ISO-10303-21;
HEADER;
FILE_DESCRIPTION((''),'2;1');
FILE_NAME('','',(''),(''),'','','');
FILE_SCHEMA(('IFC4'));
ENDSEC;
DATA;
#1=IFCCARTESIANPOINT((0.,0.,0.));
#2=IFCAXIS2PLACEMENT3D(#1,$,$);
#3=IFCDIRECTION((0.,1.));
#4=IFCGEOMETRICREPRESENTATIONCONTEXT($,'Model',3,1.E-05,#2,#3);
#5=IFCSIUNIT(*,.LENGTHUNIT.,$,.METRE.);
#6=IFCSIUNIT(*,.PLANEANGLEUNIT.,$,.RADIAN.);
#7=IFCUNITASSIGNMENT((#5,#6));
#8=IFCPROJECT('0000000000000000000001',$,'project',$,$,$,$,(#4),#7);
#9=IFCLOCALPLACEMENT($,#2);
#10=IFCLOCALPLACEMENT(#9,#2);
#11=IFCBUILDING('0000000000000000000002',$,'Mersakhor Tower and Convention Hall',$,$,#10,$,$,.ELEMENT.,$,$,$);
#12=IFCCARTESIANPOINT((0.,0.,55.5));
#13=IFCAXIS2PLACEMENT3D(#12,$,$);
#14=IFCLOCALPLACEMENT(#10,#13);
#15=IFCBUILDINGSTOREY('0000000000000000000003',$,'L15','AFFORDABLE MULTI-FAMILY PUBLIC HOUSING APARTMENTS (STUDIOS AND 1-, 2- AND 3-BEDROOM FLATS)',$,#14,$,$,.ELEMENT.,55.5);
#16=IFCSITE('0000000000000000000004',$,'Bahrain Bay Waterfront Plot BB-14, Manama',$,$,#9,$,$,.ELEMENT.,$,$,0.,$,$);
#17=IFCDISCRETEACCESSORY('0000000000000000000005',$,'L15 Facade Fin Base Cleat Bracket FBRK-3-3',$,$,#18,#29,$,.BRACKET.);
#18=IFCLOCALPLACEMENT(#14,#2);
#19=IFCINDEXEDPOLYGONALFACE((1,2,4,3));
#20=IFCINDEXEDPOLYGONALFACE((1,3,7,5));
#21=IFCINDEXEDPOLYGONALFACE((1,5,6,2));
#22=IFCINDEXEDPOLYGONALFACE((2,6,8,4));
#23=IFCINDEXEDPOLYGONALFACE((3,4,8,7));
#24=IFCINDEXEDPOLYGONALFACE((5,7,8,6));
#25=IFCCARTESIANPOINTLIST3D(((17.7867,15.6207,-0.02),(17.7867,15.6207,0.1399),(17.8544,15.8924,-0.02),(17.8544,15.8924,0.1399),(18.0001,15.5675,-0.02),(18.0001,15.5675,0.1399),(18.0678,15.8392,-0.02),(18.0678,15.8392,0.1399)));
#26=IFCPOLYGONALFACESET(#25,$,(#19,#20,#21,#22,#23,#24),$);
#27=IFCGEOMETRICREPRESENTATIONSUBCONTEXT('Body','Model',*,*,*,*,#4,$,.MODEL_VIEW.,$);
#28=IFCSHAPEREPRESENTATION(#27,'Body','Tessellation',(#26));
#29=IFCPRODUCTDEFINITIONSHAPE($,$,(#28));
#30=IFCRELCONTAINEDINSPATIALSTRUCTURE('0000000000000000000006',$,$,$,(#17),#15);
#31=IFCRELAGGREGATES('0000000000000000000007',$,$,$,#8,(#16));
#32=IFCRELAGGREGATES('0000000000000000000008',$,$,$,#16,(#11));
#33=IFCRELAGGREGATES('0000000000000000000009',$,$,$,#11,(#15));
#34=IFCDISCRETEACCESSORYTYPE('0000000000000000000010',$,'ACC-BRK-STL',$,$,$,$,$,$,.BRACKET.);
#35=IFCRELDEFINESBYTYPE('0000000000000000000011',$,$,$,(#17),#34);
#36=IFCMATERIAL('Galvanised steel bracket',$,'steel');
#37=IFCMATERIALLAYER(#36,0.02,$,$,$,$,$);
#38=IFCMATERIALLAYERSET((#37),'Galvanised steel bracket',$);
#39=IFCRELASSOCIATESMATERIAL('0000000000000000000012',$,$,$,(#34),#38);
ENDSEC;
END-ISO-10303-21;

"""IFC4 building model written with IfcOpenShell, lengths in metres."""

from ifc_helpers import new_model, si_unit, direction, frame, origin, origin_2d, place, context, subcontext, project, spatial, rectangle, extrude, material, layer, layer_set, type_object, element, save


model = new_model("IFC4")

# Units and contexts
model_context = context("Model", 3, precision=1e-05, world=origin(), true_north=direction((0.0, 1.0)))
body_context = subcontext(model_context, "Body", "Model", "MODEL_VIEW")
ifc_project = project(units=[si_unit("LENGTHUNIT", "METRE"), si_unit("PLANEANGLEUNIT", "RADIAN")], contexts=[model_context])

# Site, building, storey
site_placement = place(None, origin())
site = spatial("IfcSite", under=ifc_project, at=site_placement, Name="Bahrain Bay Waterfront Plot BB-14, Manama", CompositionType="ELEMENT", RefElevation=0.0)
building_placement = place(site_placement, origin())
building = spatial("IfcBuilding", under=site, at=building_placement, Name="Mersakhor Tower and Convention Hall", CompositionType="ELEMENT")
storey_placement = place(building_placement, frame((0.0, 0.0, 55.5)))
storey = spatial("IfcBuildingStorey", under=building, at=storey_placement, Name="L15", Description="AFFORDABLE MULTI-FAMILY PUBLIC HOUSING APARTMENTS (STUDIOS AND 1-, 2- AND 3-BEDROOM FLATS)", CompositionType="ELEMENT", Elevation=55.5)

# Discrete accessory
ifc_material_1 = material(Name="Galvanised steel bracket", Category="steel")
ifc_layer_1 = layer(ifc_material_1, 0.02)
ifc_layer_set_1 = layer_set([ifc_layer_1], Name="Galvanised steel bracket")
discrete_accessory_type = type_object("IfcDiscreteAccessoryType", Name="ACC-BRK-STL", PredefinedType="BRACKET", material=ifc_layer_set_1)
discrete_accessory_1_placement = place(storey_placement, frame((17.9272, 15.73, -0.02), z_axis=(0.0, 0.0, 1.0), x_axis=(-0.241922, -0.970296, 0.0)))
element("IfcDiscreteAccessory", 1, at=discrete_accessory_1_placement, inside=storey, type_object=discrete_accessory_type, Name="L15 Facade Fin Base Cleat Bracket FBRK-3-3", PredefinedType="BRACKET", context=body_context, shape_type="SweptSolid", body=[
    extrude(rectangle(XDim=0.28, YDim=0.22, at=origin_2d()), origin(), (0.0, 0.0, 1.0), 0.1599),
])

save(model, "model.ifc")
